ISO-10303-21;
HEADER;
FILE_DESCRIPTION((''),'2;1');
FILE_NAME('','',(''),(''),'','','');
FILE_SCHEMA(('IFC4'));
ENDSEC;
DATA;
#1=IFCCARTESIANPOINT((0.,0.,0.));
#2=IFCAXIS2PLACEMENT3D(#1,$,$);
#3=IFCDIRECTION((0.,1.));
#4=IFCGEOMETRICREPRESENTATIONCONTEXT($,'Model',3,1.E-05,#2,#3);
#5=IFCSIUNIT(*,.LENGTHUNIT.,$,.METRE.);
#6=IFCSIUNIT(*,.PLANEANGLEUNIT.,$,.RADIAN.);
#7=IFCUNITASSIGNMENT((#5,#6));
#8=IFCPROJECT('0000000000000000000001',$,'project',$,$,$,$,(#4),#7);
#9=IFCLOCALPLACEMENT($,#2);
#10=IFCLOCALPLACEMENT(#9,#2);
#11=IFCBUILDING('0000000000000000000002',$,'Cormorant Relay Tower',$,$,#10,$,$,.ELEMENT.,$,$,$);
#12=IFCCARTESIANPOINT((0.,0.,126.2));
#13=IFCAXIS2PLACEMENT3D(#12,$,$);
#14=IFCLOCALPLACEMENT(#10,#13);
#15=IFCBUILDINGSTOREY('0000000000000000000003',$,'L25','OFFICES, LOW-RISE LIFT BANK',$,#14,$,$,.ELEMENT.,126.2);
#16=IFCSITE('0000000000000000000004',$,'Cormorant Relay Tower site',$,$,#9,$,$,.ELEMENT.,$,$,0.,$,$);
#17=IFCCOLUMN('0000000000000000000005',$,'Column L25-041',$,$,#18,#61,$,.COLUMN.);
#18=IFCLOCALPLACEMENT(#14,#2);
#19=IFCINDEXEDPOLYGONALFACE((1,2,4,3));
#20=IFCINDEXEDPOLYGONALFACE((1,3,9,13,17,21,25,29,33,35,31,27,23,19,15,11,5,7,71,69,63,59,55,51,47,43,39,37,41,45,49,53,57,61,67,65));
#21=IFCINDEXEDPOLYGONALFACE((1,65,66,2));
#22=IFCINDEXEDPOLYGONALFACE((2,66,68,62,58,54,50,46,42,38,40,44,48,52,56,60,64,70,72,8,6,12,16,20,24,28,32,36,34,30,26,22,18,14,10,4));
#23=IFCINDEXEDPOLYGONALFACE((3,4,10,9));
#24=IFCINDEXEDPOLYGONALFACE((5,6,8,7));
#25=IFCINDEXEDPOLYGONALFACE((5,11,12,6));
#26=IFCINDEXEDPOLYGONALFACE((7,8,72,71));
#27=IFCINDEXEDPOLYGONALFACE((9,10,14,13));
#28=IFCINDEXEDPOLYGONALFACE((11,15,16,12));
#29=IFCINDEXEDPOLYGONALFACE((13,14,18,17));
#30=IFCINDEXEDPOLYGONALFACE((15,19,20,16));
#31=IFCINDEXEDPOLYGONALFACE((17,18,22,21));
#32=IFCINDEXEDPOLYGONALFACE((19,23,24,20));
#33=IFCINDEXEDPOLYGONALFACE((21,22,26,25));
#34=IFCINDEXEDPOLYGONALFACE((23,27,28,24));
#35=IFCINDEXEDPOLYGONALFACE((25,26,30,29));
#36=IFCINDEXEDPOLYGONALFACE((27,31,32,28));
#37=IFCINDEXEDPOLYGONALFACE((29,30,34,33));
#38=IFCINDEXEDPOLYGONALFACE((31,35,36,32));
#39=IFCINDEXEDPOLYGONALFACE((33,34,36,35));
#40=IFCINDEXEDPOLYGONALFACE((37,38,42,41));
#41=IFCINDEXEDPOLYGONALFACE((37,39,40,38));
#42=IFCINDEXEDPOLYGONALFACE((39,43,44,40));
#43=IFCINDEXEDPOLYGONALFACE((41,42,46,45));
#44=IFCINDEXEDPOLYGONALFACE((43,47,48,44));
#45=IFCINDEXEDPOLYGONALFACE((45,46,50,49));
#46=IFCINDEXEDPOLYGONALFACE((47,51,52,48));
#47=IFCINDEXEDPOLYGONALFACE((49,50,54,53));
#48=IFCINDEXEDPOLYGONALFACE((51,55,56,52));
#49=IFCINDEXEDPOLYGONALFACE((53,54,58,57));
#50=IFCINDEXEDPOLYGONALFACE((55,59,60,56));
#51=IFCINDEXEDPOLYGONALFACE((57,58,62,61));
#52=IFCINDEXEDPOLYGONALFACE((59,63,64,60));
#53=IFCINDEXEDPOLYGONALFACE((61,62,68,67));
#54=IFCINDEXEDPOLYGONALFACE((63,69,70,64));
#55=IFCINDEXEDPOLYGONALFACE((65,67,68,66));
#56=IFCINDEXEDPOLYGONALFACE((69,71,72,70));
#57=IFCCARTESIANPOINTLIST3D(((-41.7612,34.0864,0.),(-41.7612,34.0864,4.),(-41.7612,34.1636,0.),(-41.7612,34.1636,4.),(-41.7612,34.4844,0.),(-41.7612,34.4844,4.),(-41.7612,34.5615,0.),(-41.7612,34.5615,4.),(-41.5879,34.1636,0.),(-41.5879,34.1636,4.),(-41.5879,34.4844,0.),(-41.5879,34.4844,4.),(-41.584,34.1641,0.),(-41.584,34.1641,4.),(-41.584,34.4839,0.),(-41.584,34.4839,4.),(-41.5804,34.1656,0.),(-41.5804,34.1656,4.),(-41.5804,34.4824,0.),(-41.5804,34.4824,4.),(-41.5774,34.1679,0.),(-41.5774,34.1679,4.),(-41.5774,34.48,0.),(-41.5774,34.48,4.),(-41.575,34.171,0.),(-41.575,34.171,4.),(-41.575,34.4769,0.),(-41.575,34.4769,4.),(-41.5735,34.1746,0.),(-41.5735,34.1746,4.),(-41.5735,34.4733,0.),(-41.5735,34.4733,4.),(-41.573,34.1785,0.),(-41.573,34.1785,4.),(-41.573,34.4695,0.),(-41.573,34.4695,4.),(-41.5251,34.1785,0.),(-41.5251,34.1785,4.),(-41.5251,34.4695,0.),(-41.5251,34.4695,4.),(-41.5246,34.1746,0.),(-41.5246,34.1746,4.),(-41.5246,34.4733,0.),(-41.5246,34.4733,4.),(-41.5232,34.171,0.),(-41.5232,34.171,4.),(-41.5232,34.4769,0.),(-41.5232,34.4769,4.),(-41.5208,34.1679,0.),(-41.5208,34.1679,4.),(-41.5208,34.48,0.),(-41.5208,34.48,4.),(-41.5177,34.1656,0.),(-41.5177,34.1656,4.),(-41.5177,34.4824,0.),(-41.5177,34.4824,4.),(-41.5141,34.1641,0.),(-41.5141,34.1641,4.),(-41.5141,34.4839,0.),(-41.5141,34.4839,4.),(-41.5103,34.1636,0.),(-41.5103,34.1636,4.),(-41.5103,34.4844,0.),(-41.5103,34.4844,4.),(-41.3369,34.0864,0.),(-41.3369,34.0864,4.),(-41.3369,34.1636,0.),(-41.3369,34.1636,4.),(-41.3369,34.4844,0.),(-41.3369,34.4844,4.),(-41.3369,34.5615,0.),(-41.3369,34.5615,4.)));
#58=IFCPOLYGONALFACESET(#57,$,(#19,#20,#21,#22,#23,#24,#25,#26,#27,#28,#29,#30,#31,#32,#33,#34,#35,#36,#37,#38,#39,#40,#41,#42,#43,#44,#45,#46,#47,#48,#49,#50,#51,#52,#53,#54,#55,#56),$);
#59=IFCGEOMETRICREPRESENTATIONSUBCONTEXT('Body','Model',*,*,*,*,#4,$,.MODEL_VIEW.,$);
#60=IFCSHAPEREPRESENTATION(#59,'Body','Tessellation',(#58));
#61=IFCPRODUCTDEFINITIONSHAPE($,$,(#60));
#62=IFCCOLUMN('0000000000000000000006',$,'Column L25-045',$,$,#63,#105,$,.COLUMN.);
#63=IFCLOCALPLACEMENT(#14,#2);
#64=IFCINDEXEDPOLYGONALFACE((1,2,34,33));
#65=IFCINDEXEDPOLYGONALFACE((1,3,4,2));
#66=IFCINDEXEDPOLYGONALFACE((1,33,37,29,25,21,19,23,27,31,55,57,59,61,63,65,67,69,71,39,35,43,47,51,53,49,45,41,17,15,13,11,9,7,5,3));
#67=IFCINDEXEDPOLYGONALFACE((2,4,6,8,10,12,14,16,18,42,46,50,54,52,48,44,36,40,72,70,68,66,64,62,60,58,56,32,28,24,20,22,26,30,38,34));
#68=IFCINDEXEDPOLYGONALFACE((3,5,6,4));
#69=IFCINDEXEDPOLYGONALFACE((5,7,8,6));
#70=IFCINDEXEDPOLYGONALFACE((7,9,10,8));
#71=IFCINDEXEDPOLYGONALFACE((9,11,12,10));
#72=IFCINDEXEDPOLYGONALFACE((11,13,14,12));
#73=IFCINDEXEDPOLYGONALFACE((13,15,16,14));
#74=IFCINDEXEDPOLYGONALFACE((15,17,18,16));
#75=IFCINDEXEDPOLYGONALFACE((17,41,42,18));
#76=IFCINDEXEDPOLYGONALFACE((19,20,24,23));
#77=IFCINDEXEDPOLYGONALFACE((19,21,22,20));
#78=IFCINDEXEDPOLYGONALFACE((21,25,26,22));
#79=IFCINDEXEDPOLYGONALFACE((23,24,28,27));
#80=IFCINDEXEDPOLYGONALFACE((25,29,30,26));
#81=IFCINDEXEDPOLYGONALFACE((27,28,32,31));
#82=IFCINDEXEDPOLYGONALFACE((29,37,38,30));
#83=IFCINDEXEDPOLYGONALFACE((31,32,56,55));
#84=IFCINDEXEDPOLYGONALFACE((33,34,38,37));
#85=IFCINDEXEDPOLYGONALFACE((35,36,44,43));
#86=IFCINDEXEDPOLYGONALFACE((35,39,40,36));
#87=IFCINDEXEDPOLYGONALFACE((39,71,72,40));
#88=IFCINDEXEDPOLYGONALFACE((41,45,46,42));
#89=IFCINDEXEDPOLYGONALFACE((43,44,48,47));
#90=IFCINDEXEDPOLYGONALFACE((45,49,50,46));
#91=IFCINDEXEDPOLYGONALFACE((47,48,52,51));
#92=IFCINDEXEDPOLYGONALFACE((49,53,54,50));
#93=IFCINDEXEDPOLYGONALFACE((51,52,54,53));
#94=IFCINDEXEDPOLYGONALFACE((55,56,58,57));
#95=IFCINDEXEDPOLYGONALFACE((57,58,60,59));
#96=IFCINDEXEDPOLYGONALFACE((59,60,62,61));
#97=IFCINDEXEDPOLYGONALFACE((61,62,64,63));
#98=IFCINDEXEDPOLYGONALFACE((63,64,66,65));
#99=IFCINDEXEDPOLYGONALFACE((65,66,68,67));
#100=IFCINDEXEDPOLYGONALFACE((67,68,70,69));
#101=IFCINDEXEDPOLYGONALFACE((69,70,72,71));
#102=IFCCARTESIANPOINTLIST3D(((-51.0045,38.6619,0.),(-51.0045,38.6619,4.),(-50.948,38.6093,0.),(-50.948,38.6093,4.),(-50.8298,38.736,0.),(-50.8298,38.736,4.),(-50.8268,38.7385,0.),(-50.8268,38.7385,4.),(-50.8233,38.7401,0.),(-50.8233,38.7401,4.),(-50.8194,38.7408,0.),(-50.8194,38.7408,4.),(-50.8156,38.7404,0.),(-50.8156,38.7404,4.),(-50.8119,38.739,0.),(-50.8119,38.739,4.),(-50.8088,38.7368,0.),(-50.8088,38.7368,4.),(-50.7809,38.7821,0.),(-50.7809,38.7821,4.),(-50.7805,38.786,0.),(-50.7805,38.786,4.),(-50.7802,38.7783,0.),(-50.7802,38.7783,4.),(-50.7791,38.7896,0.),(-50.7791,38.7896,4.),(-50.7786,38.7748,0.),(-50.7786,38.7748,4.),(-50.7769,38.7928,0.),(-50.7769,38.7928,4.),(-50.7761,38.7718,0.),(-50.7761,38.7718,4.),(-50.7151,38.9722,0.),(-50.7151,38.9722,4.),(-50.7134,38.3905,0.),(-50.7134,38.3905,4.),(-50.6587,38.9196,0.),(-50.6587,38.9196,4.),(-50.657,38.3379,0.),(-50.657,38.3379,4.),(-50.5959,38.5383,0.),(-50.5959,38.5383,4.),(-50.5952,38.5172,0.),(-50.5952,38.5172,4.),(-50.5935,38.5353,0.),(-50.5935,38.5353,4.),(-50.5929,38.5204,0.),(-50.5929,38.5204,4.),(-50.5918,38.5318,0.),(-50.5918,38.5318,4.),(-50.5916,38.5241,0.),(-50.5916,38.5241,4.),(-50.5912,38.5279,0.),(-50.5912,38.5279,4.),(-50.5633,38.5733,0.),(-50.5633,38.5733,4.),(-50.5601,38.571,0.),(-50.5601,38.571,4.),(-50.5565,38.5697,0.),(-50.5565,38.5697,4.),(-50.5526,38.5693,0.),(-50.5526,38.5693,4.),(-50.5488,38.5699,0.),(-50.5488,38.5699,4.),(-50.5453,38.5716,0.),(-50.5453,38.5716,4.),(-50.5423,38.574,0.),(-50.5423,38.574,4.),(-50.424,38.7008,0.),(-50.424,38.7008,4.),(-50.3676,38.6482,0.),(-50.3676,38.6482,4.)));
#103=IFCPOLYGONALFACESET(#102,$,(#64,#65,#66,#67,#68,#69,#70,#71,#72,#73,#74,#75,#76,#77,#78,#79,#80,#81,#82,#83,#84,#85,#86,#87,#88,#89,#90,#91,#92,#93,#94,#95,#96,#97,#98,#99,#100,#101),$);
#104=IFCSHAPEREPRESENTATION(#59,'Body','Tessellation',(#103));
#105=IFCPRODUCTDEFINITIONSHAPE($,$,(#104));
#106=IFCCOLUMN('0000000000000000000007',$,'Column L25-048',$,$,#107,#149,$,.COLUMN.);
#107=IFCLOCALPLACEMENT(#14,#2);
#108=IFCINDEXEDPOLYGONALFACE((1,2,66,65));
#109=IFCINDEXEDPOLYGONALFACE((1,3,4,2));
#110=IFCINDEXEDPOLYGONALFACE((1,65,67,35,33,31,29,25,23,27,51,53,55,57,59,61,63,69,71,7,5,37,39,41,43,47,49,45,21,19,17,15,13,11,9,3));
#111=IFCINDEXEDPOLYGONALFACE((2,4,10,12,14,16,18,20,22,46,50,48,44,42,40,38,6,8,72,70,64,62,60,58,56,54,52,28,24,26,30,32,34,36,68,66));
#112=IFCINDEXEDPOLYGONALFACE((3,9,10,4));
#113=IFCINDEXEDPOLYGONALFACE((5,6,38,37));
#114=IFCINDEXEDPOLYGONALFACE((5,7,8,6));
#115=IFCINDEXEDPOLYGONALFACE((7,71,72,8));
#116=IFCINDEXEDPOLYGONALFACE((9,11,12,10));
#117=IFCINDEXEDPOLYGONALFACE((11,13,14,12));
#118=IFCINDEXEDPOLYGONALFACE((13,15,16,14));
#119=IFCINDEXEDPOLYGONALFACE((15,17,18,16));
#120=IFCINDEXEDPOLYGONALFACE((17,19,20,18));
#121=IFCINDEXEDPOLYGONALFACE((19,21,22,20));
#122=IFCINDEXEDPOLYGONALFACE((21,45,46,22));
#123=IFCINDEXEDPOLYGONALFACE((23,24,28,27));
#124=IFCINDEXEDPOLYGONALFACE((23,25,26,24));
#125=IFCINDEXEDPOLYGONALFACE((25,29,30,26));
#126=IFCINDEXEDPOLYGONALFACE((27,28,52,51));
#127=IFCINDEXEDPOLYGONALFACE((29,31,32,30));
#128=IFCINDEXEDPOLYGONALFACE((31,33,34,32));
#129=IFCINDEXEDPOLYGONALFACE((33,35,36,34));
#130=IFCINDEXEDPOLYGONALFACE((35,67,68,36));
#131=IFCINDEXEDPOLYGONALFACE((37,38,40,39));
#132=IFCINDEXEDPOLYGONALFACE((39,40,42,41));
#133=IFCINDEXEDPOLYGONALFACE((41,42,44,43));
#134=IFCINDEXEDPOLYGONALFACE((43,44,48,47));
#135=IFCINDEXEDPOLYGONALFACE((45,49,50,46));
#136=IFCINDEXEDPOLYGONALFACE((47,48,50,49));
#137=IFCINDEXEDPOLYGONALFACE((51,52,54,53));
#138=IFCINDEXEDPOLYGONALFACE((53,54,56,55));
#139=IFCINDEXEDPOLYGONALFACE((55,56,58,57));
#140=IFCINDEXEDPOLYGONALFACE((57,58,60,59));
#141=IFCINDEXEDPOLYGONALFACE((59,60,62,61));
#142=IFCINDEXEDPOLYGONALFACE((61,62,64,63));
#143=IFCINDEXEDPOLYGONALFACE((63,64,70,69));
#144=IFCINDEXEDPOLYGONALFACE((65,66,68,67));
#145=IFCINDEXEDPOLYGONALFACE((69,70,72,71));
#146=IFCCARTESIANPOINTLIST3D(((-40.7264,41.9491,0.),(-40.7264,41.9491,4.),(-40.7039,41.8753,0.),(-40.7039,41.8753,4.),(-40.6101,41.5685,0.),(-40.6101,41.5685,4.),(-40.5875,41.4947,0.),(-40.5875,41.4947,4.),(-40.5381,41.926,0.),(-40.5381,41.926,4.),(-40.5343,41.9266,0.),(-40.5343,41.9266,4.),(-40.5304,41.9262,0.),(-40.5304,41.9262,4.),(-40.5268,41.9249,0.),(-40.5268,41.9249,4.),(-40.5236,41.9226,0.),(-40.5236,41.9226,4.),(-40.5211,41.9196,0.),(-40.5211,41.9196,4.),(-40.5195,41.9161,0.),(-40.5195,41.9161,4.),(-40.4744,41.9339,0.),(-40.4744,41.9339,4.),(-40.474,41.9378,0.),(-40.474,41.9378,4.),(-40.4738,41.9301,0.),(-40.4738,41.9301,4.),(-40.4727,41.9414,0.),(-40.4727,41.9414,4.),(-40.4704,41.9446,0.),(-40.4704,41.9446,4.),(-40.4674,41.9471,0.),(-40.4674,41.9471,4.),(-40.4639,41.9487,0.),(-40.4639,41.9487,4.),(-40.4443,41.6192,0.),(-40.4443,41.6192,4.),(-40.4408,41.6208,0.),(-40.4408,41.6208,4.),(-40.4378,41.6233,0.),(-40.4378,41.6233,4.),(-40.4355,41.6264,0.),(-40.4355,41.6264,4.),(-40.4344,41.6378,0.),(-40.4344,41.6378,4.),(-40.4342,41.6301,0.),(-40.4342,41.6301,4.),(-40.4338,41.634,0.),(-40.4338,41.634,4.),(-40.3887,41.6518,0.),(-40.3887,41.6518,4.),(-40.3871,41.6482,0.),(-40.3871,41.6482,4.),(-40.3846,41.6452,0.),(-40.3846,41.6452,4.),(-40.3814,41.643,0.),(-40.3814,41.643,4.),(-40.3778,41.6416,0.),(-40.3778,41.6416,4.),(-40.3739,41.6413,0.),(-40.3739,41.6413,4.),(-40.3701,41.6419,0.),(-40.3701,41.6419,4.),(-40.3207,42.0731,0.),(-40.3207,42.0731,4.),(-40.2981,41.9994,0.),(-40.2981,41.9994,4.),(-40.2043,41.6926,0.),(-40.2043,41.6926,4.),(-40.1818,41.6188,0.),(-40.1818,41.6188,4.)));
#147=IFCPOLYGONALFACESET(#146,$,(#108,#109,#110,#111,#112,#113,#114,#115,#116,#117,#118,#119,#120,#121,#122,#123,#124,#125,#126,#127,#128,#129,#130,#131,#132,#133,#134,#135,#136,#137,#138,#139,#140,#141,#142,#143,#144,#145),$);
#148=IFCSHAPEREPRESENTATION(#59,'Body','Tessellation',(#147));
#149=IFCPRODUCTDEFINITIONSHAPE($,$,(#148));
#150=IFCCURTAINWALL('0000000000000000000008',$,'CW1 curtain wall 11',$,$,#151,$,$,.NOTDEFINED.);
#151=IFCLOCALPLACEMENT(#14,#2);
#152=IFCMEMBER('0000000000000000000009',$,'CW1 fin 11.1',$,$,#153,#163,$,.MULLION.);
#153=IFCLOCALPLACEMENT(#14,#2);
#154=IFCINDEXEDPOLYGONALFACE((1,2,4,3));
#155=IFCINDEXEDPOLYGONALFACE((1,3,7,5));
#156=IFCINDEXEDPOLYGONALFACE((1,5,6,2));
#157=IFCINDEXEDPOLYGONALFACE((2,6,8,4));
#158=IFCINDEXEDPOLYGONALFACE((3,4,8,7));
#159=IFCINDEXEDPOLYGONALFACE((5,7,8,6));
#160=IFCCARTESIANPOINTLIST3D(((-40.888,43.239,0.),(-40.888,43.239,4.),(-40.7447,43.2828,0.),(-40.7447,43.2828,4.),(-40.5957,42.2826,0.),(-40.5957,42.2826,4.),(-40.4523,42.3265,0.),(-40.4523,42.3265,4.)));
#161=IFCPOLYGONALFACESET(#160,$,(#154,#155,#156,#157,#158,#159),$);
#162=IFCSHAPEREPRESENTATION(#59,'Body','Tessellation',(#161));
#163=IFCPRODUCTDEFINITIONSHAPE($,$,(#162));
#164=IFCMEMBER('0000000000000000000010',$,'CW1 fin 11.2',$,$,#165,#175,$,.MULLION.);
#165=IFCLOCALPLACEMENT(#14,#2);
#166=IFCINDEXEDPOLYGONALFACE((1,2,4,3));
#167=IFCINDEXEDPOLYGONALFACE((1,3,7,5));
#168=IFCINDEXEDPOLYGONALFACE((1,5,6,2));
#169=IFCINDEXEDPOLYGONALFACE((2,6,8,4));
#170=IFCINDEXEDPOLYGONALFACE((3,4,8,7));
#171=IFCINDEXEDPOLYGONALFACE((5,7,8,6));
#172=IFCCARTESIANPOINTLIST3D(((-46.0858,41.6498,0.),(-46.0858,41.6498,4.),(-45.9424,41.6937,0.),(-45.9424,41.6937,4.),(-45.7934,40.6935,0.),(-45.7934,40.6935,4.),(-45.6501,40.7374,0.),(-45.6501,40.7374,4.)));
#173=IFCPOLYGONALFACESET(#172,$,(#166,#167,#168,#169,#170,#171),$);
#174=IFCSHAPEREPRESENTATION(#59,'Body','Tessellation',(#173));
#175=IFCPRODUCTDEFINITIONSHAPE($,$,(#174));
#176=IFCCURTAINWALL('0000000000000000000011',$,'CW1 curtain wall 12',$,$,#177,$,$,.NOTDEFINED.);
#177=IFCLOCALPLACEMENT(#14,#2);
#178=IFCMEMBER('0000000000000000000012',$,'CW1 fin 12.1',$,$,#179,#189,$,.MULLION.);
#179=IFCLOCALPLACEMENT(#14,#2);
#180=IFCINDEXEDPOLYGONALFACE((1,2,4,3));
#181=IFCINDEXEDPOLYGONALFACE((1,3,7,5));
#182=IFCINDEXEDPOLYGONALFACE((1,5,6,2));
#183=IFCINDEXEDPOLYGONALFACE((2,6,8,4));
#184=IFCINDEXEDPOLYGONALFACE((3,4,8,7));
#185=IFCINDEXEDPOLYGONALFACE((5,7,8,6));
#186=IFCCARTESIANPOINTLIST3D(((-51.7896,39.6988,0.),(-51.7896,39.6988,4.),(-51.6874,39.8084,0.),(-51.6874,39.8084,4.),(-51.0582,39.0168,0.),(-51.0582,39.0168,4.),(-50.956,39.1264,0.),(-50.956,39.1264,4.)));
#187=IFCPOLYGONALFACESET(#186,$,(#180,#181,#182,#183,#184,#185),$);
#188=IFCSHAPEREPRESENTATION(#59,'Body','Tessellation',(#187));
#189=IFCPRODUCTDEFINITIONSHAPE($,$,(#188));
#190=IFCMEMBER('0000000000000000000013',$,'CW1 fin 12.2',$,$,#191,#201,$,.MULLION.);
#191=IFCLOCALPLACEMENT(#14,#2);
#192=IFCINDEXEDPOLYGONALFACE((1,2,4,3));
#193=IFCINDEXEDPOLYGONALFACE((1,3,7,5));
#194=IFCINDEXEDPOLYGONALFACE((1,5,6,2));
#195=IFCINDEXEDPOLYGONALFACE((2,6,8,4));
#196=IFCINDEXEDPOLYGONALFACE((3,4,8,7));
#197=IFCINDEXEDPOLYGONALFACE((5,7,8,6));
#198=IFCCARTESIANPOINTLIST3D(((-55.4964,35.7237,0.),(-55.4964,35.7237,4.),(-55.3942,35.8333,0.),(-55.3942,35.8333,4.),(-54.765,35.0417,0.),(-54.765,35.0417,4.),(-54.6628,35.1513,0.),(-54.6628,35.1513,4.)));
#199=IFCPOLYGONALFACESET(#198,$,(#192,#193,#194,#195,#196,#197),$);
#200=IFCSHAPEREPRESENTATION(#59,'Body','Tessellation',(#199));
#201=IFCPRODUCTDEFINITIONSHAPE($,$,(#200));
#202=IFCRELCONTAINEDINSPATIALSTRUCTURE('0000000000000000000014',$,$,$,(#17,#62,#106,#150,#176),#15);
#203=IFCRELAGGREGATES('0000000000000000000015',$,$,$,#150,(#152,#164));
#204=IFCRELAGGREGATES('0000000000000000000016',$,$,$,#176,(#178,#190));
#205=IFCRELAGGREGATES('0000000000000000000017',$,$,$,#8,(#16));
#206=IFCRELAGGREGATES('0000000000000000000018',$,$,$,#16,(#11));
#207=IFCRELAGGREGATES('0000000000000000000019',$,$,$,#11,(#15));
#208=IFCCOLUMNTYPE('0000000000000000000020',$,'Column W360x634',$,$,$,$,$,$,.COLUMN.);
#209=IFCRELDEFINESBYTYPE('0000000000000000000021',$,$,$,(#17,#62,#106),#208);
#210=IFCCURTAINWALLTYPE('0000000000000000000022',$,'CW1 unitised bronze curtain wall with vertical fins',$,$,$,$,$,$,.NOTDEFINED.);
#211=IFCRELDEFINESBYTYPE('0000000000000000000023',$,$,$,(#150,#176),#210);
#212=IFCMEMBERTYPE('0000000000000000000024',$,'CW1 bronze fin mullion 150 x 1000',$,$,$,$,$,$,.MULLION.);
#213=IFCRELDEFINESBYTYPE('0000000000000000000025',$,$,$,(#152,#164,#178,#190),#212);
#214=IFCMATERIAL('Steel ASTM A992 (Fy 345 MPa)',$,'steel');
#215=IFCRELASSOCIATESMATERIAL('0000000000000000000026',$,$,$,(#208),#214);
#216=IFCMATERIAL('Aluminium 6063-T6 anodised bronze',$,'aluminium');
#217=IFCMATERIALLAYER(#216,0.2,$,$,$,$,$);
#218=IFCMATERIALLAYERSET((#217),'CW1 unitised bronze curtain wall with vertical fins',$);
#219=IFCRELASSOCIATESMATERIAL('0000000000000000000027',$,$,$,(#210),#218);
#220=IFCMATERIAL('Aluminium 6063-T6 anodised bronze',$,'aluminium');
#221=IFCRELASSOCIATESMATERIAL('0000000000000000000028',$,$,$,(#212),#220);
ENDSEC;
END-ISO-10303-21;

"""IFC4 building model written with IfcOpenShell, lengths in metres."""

from ifc_helpers import new_model, si_unit, direction, frame, origin, origin_2d, place, context, subcontext, project, spatial, rectangle, i_section, extrude, material, layer, layer_set, material_profile, profile_set, type_object, element, aggregate, save


model = new_model("IFC4")

# Units and contexts
model_context = context("Model", 3, precision=1e-05, world=origin(), true_north=direction((0.0, 1.0)))
body_context = subcontext(model_context, "Body", "Model", "MODEL_VIEW")
ifc_project = project(units=[si_unit("LENGTHUNIT", "METRE"), si_unit("PLANEANGLEUNIT", "RADIAN")], contexts=[model_context])

# Site, building, storey
site_placement = place(None, origin())
site = spatial("IfcSite", under=ifc_project, at=site_placement, Name="Cormorant Relay Tower site", CompositionType="ELEMENT", RefElevation=0.0)
building_placement = place(site_placement, origin())
building = spatial("IfcBuilding", under=site, at=building_placement, Name="Cormorant Relay Tower", CompositionType="ELEMENT")
storey_placement = place(building_placement, frame((0.0, 0.0, 126.2)))
storey = spatial("IfcBuildingStorey", under=building, at=storey_placement, Name="L25", Description="OFFICES, LOW-RISE LIFT BANK", CompositionType="ELEMENT", Elevation=126.2)

# Columns
ifc_material_1 = material(Name="Steel ASTM A992 (Fy 345 MPa)", Category="steel")
ifc_material_profile_1 = material_profile(ifc_material_1, i_section(OverallWidth=0.4243, OverallDepth=0.4751, WebThickness=0.0479, FlangeThickness=0.0771, FilletRadius=0.0149, at=origin_2d()), Name="W360x634")
ifc_profile_set_1 = profile_set([ifc_material_profile_1], Name="Steel ASTM A992 (Fy 345 MPa)")
column_type = type_object("IfcColumnType", Name="Column W360x634", PredefinedType="COLUMN", material=ifc_profile_set_1)
for number, where, z_axis, x_axis, name in (
    (1, (-41.5491, 34.324, 0.0), (0.0, 0.0, 1.0), (1.0, 0.0, 0.0), "Column L25-041"),
    (2, (-50.686, 38.655, 0.0), (0.0, 0.0, 1.0), (-0.681998, -0.731354, 0.0), "Column L25-045"),
    (3, (-40.4541, 41.7839, 0.0), (0.0, 0.0, 1.0), (-0.956305, -0.292372, 0.0), "Column L25-048"),
):
    element("IfcColumn", number, at=place(storey_placement, frame(where, z_axis=z_axis, x_axis=x_axis)), inside=storey, type_object=column_type, Name=name, PredefinedType="COLUMN", context=body_context, shape_type="SweptSolid", body=[
        extrude(i_section(OverallWidth=0.4243, OverallDepth=0.4751, WebThickness=0.0479, FlangeThickness=0.0771, FilletRadius=0.0149, at=origin_2d()), origin(), (0.0, 0.0, 1.0), 4.0),
    ])

# Curtain walls, members
ifc_material_2 = material(Name="Aluminium 6063-T6 anodised bronze", Category="aluminium")
ifc_layer_1 = layer(ifc_material_2, 0.2)
ifc_layer_set_1 = layer_set([ifc_layer_1], Name="CW1 unitised bronze curtain wall with vertical fins")
curtain_wall_type = type_object("IfcCurtainWallType", Name="CW1 unitised bronze curtain wall with vertical fins", PredefinedType="NOTDEFINED", material=ifc_layer_set_1)
curtain_wall_1_placement = place(storey_placement, origin())
curtain_wall_1 = element("IfcCurtainWall", 4, at=curtain_wall_1_placement, inside=storey, type_object=curtain_wall_type, Name="CW1 curtain wall 11", PredefinedType="NOTDEFINED")
ifc_material_3 = material(Name="Aluminium 6063-T6 anodised bronze", Category="aluminium")
ifc_material_profile_2 = material_profile(ifc_material_3, rectangle(XDim=0.1499, YDim=1.0, at=origin_2d()), Name="AL 150x1000")
ifc_profile_set_2 = profile_set([ifc_material_profile_2], Name="Aluminium 6063-T6 anodised bronze")
member_type_1 = type_object("IfcMemberType", Name="CW1 bronze fin mullion 150 x 1000", PredefinedType="MULLION", material=ifc_profile_set_2)
member_1_placement = place(storey_placement, frame((-40.6702, 42.7827, 0.0), z_axis=(0.0, 0.0, 1.0), x_axis=(-0.956305, -0.292372, 0.0)))
member_1 = element("IfcMember", 5, at=member_1_placement, type_object=member_type_1, Name="CW1 fin 11.1", PredefinedType="MULLION", context=body_context, shape_type="SweptSolid", body=[
    extrude(rectangle(XDim=0.1499, YDim=1.0, at=origin_2d()), origin(), (0.0, 0.0, 1.0), 4.0),
])
member_2_placement = place(storey_placement, frame((-45.8679, 41.1936, 0.0), z_axis=(0.0, 0.0, 1.0), x_axis=(-0.956305, -0.292372, 0.0)))
member_2 = element("IfcMember", 6, at=member_2_placement, type_object=member_type_1, Name="CW1 fin 11.2", PredefinedType="MULLION", context=body_context, shape_type="SweptSolid", body=[
    extrude(rectangle(XDim=0.1499, YDim=1.0, at=origin_2d()), origin(), (0.0, 0.0, 1.0), 4.0),
])
curtain_wall_2_placement = place(storey_placement, origin())
curtain_wall_2 = element("IfcCurtainWall", 7, at=curtain_wall_2_placement, inside=storey, type_object=curtain_wall_type, Name="CW1 curtain wall 12", PredefinedType="NOTDEFINED")
member_3_placement = place(storey_placement, frame((-51.3728, 39.4126, 0.0), z_axis=(0.0, 0.0, 1.0), x_axis=(-0.681998, -0.731354, 0.0)))
member_3 = element("IfcMember", 8, at=member_3_placement, type_object=member_type_1, Name="CW1 fin 12.1", PredefinedType="MULLION", context=body_context, shape_type="SweptSolid", body=[
    extrude(rectangle(XDim=0.1499, YDim=1.0, at=origin_2d()), origin(), (0.0, 0.0, 1.0), 4.0),
])
member_4_placement = place(storey_placement, frame((-55.0796, 35.4375, 0.0), z_axis=(0.0, 0.0, 1.0), x_axis=(-0.681998, -0.731354, 0.0)))
member_4 = element("IfcMember", 9, at=member_4_placement, type_object=member_type_1, Name="CW1 fin 12.2", PredefinedType="MULLION", context=body_context, shape_type="SweptSolid", body=[
    extrude(rectangle(XDim=0.1499, YDim=1.0, at=origin_2d()), origin(), (0.0, 0.0, 1.0), 4.0),
])

aggregate(curtain_wall_1, [member_1, member_2])
aggregate(curtain_wall_2, [member_3, member_4])

save(model, "model.ifc")
